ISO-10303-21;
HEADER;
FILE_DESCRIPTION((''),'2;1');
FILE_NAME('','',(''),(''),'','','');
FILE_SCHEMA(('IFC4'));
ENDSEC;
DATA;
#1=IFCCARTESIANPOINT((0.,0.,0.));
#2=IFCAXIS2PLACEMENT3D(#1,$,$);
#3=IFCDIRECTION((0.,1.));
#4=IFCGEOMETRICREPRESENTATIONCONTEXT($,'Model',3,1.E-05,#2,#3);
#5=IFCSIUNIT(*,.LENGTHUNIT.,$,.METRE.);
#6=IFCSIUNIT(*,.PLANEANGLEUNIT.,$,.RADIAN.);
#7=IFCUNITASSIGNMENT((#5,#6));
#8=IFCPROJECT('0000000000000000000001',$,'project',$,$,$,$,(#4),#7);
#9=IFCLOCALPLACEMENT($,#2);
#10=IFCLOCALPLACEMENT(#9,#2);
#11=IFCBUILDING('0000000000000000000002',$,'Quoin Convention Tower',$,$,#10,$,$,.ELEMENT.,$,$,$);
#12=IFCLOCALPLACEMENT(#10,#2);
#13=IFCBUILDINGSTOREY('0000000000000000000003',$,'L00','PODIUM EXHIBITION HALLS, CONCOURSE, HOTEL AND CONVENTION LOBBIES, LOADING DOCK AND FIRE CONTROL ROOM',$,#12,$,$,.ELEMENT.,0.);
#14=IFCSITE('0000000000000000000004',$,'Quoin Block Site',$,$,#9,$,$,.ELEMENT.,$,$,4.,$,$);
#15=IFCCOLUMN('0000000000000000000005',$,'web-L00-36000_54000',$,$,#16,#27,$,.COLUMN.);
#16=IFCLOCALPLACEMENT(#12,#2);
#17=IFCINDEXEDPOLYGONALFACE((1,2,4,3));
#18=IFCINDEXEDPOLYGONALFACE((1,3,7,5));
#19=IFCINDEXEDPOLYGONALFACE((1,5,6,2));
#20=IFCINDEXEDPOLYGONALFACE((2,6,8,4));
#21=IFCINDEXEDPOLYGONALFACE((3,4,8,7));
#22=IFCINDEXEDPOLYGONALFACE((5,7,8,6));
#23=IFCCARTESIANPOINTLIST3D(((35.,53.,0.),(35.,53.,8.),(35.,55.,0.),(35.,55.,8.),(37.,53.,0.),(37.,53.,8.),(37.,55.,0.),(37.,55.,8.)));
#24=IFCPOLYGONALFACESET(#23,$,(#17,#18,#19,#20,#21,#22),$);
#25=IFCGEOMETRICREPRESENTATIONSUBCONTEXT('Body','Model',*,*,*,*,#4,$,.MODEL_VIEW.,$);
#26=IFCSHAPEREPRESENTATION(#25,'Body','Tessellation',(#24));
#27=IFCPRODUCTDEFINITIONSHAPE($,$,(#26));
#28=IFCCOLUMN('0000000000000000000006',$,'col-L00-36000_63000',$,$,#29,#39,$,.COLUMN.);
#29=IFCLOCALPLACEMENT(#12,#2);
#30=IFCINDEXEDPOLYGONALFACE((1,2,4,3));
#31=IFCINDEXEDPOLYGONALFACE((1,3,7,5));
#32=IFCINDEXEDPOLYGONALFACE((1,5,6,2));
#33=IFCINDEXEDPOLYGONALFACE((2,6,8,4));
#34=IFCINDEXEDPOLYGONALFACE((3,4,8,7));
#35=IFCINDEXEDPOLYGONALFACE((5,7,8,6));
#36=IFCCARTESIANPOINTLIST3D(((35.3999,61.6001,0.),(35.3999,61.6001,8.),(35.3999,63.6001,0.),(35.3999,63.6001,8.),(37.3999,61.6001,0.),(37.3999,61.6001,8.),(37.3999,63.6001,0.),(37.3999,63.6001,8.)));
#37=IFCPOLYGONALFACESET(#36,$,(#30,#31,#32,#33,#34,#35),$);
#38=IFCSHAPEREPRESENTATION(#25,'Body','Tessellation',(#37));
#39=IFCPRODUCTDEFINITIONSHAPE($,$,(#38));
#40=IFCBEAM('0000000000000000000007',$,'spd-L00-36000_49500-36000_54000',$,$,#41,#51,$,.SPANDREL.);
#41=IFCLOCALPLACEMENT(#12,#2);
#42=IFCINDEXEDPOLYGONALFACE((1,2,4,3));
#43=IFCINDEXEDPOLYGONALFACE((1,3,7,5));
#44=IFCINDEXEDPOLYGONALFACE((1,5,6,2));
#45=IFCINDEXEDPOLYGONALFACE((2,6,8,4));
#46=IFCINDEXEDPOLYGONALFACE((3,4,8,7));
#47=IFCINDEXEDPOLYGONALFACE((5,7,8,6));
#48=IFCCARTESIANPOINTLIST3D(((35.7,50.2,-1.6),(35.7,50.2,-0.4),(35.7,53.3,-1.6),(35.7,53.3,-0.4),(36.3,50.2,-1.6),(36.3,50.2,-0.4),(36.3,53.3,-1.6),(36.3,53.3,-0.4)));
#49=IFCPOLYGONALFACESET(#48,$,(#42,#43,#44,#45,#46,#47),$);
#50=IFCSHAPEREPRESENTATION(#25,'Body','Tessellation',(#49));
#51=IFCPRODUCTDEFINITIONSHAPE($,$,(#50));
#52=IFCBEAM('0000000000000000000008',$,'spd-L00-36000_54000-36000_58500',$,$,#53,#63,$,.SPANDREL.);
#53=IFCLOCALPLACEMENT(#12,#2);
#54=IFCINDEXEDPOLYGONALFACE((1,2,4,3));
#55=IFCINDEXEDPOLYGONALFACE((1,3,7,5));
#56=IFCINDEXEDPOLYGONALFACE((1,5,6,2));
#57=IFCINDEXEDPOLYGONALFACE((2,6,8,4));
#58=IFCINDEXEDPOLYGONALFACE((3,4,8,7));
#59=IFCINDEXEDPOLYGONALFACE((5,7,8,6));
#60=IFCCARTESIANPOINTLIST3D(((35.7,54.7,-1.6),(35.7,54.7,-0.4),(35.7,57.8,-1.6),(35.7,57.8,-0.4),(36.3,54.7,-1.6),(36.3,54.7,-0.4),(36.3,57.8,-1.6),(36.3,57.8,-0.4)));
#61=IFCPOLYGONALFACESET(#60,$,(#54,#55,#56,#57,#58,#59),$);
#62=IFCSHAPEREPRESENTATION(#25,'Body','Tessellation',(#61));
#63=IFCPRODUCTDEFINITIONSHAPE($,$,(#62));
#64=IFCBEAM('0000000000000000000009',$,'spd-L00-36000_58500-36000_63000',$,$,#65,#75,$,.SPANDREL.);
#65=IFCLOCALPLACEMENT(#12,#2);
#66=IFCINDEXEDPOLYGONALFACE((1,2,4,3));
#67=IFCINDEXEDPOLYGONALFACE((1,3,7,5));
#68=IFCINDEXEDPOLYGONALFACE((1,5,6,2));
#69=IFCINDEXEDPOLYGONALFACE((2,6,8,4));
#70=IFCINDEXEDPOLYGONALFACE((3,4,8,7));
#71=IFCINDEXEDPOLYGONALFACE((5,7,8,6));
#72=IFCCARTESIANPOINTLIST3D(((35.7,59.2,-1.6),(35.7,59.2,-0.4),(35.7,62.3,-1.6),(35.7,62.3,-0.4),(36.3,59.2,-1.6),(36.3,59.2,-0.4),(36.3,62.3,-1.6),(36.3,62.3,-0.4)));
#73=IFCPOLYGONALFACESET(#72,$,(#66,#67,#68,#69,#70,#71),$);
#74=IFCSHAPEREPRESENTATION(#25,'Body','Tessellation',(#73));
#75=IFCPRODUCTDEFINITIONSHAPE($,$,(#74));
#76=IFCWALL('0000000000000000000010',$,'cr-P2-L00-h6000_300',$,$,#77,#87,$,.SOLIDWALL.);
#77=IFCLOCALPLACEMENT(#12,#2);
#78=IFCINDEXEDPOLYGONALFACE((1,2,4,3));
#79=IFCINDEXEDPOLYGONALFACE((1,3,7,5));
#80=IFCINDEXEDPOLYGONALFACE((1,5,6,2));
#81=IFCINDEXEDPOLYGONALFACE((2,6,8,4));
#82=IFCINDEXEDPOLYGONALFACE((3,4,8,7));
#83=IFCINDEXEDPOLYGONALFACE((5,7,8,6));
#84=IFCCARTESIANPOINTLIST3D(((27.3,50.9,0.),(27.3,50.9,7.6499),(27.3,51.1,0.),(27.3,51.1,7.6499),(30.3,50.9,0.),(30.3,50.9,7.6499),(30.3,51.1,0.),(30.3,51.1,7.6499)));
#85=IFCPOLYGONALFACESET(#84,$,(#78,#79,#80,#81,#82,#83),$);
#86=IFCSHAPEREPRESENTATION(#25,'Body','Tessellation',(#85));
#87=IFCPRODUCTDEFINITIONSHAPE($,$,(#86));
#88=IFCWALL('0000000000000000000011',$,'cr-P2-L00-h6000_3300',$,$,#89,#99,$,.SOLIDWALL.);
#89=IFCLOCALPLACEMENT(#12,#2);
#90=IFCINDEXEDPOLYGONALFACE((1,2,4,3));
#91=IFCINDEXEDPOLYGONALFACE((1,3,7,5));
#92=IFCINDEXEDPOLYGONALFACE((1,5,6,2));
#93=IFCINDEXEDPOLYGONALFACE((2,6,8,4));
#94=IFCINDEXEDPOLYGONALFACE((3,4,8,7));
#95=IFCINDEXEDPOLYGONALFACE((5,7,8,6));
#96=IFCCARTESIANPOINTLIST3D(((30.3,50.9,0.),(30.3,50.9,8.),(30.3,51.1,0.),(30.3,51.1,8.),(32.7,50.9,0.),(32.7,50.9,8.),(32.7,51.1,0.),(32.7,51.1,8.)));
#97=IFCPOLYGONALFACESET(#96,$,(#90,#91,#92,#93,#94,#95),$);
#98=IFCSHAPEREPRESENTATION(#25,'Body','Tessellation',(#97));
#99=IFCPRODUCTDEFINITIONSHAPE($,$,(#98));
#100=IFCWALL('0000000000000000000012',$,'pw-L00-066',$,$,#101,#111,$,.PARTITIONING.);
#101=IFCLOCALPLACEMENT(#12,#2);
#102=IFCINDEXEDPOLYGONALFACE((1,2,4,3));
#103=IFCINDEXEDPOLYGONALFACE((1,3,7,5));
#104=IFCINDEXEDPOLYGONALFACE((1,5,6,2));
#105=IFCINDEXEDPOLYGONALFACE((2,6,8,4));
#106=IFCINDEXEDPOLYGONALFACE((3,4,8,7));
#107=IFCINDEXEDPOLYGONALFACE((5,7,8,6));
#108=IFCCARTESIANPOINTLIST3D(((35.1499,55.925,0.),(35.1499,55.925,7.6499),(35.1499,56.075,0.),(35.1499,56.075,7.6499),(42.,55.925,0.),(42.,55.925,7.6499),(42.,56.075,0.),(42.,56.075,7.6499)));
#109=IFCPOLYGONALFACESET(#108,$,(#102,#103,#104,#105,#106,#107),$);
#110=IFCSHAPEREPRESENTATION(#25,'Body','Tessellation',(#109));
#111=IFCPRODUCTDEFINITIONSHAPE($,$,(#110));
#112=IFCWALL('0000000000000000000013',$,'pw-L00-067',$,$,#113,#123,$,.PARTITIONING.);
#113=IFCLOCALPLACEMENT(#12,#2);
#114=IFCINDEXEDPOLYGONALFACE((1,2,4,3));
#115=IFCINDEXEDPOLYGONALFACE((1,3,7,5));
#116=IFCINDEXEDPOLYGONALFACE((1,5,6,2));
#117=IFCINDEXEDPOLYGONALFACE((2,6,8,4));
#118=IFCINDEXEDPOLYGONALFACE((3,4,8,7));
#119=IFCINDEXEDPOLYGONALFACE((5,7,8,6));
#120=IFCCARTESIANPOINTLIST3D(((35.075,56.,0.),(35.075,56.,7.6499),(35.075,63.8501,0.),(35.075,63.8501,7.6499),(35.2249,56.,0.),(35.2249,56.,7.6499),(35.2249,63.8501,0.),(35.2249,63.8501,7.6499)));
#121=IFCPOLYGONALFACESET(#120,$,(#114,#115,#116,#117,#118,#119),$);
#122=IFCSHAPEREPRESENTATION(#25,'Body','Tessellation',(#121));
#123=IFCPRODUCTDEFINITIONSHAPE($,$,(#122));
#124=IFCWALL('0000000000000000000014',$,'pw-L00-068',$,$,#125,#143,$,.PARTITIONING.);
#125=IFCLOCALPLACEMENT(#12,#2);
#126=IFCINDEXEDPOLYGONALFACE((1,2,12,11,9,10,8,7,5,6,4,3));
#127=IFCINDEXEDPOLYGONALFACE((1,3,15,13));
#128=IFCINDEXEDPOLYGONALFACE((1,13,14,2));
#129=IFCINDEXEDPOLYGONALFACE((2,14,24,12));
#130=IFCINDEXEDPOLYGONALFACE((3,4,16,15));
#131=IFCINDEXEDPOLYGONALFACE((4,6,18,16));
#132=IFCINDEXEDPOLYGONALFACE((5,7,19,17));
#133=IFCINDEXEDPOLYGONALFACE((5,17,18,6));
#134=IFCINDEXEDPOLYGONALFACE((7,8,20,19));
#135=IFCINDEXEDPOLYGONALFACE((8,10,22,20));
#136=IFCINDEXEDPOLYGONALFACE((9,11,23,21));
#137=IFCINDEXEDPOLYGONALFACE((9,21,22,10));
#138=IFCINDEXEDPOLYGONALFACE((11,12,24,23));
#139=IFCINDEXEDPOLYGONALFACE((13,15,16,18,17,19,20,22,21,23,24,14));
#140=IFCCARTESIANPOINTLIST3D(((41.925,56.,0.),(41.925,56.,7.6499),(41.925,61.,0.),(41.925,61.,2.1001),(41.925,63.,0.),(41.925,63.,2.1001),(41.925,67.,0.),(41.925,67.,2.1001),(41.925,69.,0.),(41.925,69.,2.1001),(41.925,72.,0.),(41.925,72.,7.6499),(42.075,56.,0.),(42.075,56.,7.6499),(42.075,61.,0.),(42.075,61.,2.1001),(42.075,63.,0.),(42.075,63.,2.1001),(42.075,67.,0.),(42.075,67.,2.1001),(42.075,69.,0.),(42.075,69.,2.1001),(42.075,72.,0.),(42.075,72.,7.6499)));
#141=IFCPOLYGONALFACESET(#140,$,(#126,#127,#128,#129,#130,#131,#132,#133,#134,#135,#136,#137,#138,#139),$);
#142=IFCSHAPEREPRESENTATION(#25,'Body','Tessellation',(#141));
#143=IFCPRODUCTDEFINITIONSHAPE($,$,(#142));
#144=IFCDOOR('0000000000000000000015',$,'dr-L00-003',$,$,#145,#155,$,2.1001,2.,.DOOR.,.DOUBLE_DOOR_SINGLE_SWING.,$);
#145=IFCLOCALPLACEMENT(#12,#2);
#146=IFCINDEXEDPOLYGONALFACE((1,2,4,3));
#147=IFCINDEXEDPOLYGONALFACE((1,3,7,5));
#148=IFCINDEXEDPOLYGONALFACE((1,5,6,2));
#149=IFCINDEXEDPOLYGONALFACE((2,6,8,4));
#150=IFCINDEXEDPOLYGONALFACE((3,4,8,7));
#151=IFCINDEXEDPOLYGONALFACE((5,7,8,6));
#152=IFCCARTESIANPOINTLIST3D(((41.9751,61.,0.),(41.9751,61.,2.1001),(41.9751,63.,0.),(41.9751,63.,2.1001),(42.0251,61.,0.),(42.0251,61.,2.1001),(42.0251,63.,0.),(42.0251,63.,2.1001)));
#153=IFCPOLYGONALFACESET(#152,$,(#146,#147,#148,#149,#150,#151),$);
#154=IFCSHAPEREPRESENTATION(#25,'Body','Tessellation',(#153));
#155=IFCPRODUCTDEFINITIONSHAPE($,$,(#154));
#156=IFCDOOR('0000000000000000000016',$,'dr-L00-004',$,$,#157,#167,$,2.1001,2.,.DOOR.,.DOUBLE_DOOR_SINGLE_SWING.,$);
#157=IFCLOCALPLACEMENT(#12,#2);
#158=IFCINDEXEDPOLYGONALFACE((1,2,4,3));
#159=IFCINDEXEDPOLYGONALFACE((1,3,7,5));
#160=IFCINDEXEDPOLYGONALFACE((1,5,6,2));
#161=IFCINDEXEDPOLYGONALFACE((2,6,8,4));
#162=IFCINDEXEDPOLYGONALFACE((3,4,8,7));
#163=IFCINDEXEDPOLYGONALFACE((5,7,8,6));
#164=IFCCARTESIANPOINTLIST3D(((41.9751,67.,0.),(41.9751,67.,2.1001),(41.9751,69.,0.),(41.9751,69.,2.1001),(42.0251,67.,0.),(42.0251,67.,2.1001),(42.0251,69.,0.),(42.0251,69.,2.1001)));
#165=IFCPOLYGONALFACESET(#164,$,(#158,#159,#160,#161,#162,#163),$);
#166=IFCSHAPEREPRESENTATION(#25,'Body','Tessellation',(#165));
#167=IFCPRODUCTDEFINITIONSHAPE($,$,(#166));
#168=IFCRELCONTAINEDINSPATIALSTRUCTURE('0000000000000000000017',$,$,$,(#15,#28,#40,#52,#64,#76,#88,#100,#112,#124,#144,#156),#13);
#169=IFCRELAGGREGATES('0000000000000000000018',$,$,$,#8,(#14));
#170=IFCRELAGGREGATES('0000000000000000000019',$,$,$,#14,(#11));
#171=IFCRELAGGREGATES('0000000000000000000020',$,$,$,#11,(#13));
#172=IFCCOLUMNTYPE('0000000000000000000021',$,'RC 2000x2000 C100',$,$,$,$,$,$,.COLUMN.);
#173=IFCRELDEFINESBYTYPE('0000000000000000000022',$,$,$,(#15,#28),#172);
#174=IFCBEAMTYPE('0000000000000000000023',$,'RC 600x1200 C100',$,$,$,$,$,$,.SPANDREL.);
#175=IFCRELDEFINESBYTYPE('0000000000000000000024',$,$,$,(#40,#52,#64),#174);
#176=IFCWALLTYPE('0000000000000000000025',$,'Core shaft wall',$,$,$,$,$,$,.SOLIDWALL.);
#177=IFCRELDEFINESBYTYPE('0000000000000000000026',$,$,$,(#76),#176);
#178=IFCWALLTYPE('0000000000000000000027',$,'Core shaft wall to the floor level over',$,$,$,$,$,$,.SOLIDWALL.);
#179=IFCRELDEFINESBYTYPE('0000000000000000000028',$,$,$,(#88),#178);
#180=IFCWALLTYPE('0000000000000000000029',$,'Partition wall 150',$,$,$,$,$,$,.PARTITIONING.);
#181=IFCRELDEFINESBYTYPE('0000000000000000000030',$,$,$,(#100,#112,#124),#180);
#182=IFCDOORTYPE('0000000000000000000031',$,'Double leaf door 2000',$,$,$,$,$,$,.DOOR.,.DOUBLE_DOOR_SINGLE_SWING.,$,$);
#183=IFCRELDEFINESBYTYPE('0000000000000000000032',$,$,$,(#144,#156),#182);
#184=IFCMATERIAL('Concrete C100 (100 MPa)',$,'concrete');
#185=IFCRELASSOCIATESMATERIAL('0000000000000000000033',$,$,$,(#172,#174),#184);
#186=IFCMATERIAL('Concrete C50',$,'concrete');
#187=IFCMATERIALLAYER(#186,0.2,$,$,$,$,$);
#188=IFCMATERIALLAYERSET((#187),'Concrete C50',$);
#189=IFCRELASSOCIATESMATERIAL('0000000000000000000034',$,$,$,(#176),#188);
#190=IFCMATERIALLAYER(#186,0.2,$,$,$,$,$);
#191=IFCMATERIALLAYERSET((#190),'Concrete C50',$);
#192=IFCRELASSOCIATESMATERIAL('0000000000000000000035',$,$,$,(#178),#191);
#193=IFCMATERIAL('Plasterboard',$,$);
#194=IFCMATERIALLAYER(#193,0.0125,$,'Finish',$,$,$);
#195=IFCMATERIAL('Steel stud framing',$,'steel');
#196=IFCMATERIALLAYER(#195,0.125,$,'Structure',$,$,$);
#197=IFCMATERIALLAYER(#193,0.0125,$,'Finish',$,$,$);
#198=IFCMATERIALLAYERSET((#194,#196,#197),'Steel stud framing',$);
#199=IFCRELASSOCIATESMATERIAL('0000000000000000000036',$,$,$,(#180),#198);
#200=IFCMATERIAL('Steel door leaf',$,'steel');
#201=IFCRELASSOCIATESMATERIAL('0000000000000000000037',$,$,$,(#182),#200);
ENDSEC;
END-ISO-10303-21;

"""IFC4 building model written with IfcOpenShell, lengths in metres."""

from ifc_helpers import new_model, si_unit, direction, frame, frame_2d, origin, origin_2d, place, context, subcontext, project, spatial, rectangle, extrude, material, layer, layer_set, material_profile, profile_set, type_object, element, fill, save


model = new_model("IFC4")

# Units and contexts
model_context = context("Model", 3, precision=1e-05, world=origin(), true_north=direction((0.0, 1.0)))
body_context = subcontext(model_context, "Body", "Model", "MODEL_VIEW")
ifc_project = project(units=[si_unit("LENGTHUNIT", "METRE"), si_unit("PLANEANGLEUNIT", "RADIAN")], contexts=[model_context])

# Site, building, storey
site_placement = place(None, origin())
site = spatial("IfcSite", under=ifc_project, at=site_placement, Name="Quoin Block Site", CompositionType="ELEMENT", RefElevation=4.0)
building_placement = place(site_placement, origin())
building = spatial("IfcBuilding", under=site, at=building_placement, Name="Quoin Convention Tower", CompositionType="ELEMENT")
storey_placement = place(building_placement, origin())
storey = spatial("IfcBuildingStorey", under=building, at=storey_placement, Name="L00", Description="PODIUM EXHIBITION HALLS, CONCOURSE, HOTEL AND CONVENTION LOBBIES, LOADING DOCK AND FIRE CONTROL ROOM", CompositionType="ELEMENT", Elevation=0.0)

# Columns
ifc_material_1 = material(Name="Concrete C100 (100 MPa)", Category="concrete")
ifc_material_profile_1 = material_profile(ifc_material_1, rectangle(XDim=2.0, YDim=2.0, at=origin_2d()), Name="RC 2000x2000")
ifc_profile_set_1 = profile_set([ifc_material_profile_1], Name="Concrete C100 (100 MPa)")
column_type = type_object("IfcColumnType", Name="RC 2000x2000 C100", PredefinedType="COLUMN", material=ifc_profile_set_1)
for number, where, z_axis, x_axis, name in (
    (1, (36.0, 54.0, 0.0), (0.0, 0.0, 1.0), (1.0, 0.0, 0.0), "web-L00-36000_54000"),
    (2, (36.3999, 62.6001, 0.0), (0.0, 0.0, 1.0), (1.0, 0.0, 0.0), "col-L00-36000_63000"),
):
    element("IfcColumn", number, at=place(storey_placement, frame(where, z_axis=z_axis, x_axis=x_axis)), inside=storey, type_object=column_type, Name=name, PredefinedType="COLUMN", context=body_context, shape_type="SweptSolid", body=[
        extrude(rectangle(XDim=2.0, YDim=2.0, at=origin_2d()), origin(), (0.0, 0.0, 1.0), 8.0),
    ])

# Beams
ifc_material_profile_2 = material_profile(ifc_material_1, rectangle(XDim=0.6001, YDim=1.2, at=origin_2d()), Name="RC 600x1200")
ifc_profile_set_2 = profile_set([ifc_material_profile_2], Name="Concrete C100 (100 MPa)")
beam_type = type_object("IfcBeamType", Name="RC 600x1200 C100", PredefinedType="SPANDREL", material=ifc_profile_set_2)
for number, where, z_axis, x_axis, name in (
    (3, (36.0, 50.2, -1.0), (0.0, 1.0, 0.0), (-1.0, 0.0, 0.0), "spd-L00-36000_49500-36000_54000"),
    (4, (36.0, 54.7, -1.0), (0.0, 1.0, 0.0), (-1.0, 0.0, 0.0), "spd-L00-36000_54000-36000_58500"),
    (5, (36.0, 59.2, -1.0), (0.0, 1.0, 0.0), (-1.0, 0.0, 0.0), "spd-L00-36000_58500-36000_63000"),
):
    element("IfcBeam", number, at=place(storey_placement, frame(where, z_axis=z_axis, x_axis=x_axis)), inside=storey, type_object=beam_type, Name=name, PredefinedType="SPANDREL", context=body_context, shape_type="SweptSolid", body=[
        extrude(rectangle(XDim=0.6001, YDim=1.2, at=origin_2d()), origin(), (0.0, 0.0, 1.0), 3.1001),
    ])

# Walls
ifc_material_2 = material(Name="Concrete C50", Category="concrete")
ifc_layer_1 = layer(ifc_material_2, 0.2)
ifc_layer_set_1 = layer_set([ifc_layer_1], Name="Concrete C50")
wall_type_1 = type_object("IfcWallType", Name="Core shaft wall", PredefinedType="SOLIDWALL", material=ifc_layer_set_1)
wall_1_placement = place(storey_placement, frame((27.3, 51.0, 0.0), z_axis=(0.0, 0.0, 1.0), x_axis=(1.0, 0.0, 0.0)))
element("IfcWall", 6, at=wall_1_placement, inside=storey, type_object=wall_type_1, Name="cr-P2-L00-h6000_300", PredefinedType="SOLIDWALL", context=body_context, shape_type="SweptSolid", body=[
    extrude(rectangle(XDim=3.0, YDim=0.2, at=frame_2d((1.5, 0.0))), origin(), (0.0, 0.0, 1.0), 7.6499),
])
ifc_layer_2 = layer(ifc_material_2, 0.2)
ifc_layer_set_2 = layer_set([ifc_layer_2], Name="Concrete C50")
wall_type_2 = type_object("IfcWallType", Name="Core shaft wall to the floor level over", PredefinedType="SOLIDWALL", material=ifc_layer_set_2)
wall_2_placement = place(storey_placement, frame((30.3, 51.0, 0.0), z_axis=(0.0, 0.0, 1.0), x_axis=(1.0, 0.0, 0.0)))
element("IfcWall", 7, at=wall_2_placement, inside=storey, type_object=wall_type_2, Name="cr-P2-L00-h6000_3300", PredefinedType="SOLIDWALL", context=body_context, shape_type="SweptSolid", body=[
    extrude(rectangle(XDim=2.3999, YDim=0.2, at=frame_2d((1.2, 0.0))), origin(), (0.0, 0.0, 1.0), 8.0),
])
ifc_material_3 = material(Name="Plasterboard")
ifc_layer_3 = layer(ifc_material_3, 0.0125, Name="Finish")
ifc_material_4 = material(Name="Steel stud framing", Category="steel")
ifc_layer_4 = layer(ifc_material_4, 0.125, Name="Structure")
ifc_layer_5 = layer(ifc_material_3, 0.0125, Name="Finish")
ifc_layer_set_3 = layer_set([ifc_layer_3, ifc_layer_4, ifc_layer_5], Name="Steel stud framing")
wall_type_3 = type_object("IfcWallType", Name="Partition wall 150", PredefinedType="PARTITIONING", material=ifc_layer_set_3)
wall_3_placement = place(storey_placement, frame((35.1499, 56.0, 0.0), z_axis=(0.0, 0.0, 1.0), x_axis=(1.0, 0.0, 0.0)))
element("IfcWall", 8, at=wall_3_placement, inside=storey, type_object=wall_type_3, Name="pw-L00-066", PredefinedType="PARTITIONING", context=body_context, shape_type="SweptSolid", body=[
    extrude(rectangle(XDim=6.8501, YDim=0.1499, at=frame_2d((3.425, 0.0))), origin(), (0.0, 0.0, 1.0), 7.6499),
])
wall_4_placement = place(storey_placement, frame((35.1499, 56.0, 0.0), z_axis=(0.0, 0.0, 1.0), x_axis=(0.0, 1.0, 0.0)))
element("IfcWall", 9, at=wall_4_placement, inside=storey, type_object=wall_type_3, Name="pw-L00-067", PredefinedType="PARTITIONING", context=body_context, shape_type="SweptSolid", body=[
    extrude(rectangle(XDim=7.8501, YDim=0.1499, at=frame_2d((3.925, 0.0))), origin(), (0.0, 0.0, 1.0), 7.6499),
])

# Wall, openings, doors
wall_5_placement = place(storey_placement, frame((42.0, 56.0, 0.0), z_axis=(0.0, 0.0, 1.0), x_axis=(0.0, 1.0, 0.0)))
wall_5 = element("IfcWall", 10, at=wall_5_placement, inside=storey, type_object=wall_type_3, Name="pw-L00-068", PredefinedType="PARTITIONING", context=body_context, shape_type="SweptSolid", body=[
    extrude(rectangle(XDim=16.0, YDim=0.1499, at=frame_2d((8.0, 0.0))), origin(), (0.0, 0.0, 1.0), 7.6499),
])
opening_1_placement = place(wall_5_placement, frame((5.0, 0.0, 0.0)))
opening_1 = element("IfcOpeningElement", 11, at=opening_1_placement, cuts=wall_5, PredefinedType="OPENING", context=body_context, shape_type="SweptSolid", body=[
    extrude(rectangle(XDim=2.0, YDim=2.1001, at=frame_2d((1.0, 1.05))), frame((0.0, 0.085, 0.0), z_axis=(0.0, -1.0, 0.0), x_axis=(1.0, 0.0, 0.0)), (0.0, 0.0, 1.0), 0.1699),
])
opening_2_placement = place(wall_5_placement, frame((11.0, 0.0, 0.0)))
opening_2 = element("IfcOpeningElement", 12, at=opening_2_placement, cuts=wall_5, PredefinedType="OPENING", context=body_context, shape_type="SweptSolid", body=[
    extrude(rectangle(XDim=2.0, YDim=2.1001, at=frame_2d((1.0, 1.05))), frame((0.0, 0.085, 0.0), z_axis=(0.0, -1.0, 0.0), x_axis=(1.0, 0.0, 0.0)), (0.0, 0.0, 1.0), 0.1699),
])
ifc_material_5 = material(Name="Steel door leaf", Category="steel")
door_type_1 = type_object("IfcDoorType", Name="Double leaf door 2000", OperationType="DOUBLE_DOOR_SINGLE_SWING", PredefinedType="DOOR", material=ifc_material_5)
door_1_placement = place(opening_1_placement, origin())
door_1 = element("IfcDoor", 13, at=door_1_placement, inside=storey, type_object=door_type_1, Name="dr-L00-003", OperationType="DOUBLE_DOOR_SINGLE_SWING", OverallHeight=2.1001, OverallWidth=2.0, PredefinedType="DOOR", context=body_context, shape_type="SweptSolid", body=[
    extrude(rectangle(XDim=2.0, YDim=2.1001, at=frame_2d((1.0, 1.05))), frame((0.0, 0.0249, 0.0), z_axis=(0.0, -1.0, 0.0), x_axis=(1.0, 0.0, 0.0)), (0.0, 0.0, 1.0), 0.05),
])
fill(opening_1, door_1)
door_2_placement = place(opening_2_placement, origin())
door_2 = element("IfcDoor", 14, at=door_2_placement, inside=storey, type_object=door_type_1, Name="dr-L00-004", OperationType="DOUBLE_DOOR_SINGLE_SWING", OverallHeight=2.1001, OverallWidth=2.0, PredefinedType="DOOR", context=body_context, shape_type="SweptSolid", body=[
    extrude(rectangle(XDim=2.0, YDim=2.1001, at=frame_2d((1.0, 1.05))), frame((0.0, 0.0249, 0.0), z_axis=(0.0, -1.0, 0.0), x_axis=(1.0, 0.0, 0.0)), (0.0, 0.0, 1.0), 0.05),
])
fill(opening_2, door_2)

save(model, "model.ifc")
